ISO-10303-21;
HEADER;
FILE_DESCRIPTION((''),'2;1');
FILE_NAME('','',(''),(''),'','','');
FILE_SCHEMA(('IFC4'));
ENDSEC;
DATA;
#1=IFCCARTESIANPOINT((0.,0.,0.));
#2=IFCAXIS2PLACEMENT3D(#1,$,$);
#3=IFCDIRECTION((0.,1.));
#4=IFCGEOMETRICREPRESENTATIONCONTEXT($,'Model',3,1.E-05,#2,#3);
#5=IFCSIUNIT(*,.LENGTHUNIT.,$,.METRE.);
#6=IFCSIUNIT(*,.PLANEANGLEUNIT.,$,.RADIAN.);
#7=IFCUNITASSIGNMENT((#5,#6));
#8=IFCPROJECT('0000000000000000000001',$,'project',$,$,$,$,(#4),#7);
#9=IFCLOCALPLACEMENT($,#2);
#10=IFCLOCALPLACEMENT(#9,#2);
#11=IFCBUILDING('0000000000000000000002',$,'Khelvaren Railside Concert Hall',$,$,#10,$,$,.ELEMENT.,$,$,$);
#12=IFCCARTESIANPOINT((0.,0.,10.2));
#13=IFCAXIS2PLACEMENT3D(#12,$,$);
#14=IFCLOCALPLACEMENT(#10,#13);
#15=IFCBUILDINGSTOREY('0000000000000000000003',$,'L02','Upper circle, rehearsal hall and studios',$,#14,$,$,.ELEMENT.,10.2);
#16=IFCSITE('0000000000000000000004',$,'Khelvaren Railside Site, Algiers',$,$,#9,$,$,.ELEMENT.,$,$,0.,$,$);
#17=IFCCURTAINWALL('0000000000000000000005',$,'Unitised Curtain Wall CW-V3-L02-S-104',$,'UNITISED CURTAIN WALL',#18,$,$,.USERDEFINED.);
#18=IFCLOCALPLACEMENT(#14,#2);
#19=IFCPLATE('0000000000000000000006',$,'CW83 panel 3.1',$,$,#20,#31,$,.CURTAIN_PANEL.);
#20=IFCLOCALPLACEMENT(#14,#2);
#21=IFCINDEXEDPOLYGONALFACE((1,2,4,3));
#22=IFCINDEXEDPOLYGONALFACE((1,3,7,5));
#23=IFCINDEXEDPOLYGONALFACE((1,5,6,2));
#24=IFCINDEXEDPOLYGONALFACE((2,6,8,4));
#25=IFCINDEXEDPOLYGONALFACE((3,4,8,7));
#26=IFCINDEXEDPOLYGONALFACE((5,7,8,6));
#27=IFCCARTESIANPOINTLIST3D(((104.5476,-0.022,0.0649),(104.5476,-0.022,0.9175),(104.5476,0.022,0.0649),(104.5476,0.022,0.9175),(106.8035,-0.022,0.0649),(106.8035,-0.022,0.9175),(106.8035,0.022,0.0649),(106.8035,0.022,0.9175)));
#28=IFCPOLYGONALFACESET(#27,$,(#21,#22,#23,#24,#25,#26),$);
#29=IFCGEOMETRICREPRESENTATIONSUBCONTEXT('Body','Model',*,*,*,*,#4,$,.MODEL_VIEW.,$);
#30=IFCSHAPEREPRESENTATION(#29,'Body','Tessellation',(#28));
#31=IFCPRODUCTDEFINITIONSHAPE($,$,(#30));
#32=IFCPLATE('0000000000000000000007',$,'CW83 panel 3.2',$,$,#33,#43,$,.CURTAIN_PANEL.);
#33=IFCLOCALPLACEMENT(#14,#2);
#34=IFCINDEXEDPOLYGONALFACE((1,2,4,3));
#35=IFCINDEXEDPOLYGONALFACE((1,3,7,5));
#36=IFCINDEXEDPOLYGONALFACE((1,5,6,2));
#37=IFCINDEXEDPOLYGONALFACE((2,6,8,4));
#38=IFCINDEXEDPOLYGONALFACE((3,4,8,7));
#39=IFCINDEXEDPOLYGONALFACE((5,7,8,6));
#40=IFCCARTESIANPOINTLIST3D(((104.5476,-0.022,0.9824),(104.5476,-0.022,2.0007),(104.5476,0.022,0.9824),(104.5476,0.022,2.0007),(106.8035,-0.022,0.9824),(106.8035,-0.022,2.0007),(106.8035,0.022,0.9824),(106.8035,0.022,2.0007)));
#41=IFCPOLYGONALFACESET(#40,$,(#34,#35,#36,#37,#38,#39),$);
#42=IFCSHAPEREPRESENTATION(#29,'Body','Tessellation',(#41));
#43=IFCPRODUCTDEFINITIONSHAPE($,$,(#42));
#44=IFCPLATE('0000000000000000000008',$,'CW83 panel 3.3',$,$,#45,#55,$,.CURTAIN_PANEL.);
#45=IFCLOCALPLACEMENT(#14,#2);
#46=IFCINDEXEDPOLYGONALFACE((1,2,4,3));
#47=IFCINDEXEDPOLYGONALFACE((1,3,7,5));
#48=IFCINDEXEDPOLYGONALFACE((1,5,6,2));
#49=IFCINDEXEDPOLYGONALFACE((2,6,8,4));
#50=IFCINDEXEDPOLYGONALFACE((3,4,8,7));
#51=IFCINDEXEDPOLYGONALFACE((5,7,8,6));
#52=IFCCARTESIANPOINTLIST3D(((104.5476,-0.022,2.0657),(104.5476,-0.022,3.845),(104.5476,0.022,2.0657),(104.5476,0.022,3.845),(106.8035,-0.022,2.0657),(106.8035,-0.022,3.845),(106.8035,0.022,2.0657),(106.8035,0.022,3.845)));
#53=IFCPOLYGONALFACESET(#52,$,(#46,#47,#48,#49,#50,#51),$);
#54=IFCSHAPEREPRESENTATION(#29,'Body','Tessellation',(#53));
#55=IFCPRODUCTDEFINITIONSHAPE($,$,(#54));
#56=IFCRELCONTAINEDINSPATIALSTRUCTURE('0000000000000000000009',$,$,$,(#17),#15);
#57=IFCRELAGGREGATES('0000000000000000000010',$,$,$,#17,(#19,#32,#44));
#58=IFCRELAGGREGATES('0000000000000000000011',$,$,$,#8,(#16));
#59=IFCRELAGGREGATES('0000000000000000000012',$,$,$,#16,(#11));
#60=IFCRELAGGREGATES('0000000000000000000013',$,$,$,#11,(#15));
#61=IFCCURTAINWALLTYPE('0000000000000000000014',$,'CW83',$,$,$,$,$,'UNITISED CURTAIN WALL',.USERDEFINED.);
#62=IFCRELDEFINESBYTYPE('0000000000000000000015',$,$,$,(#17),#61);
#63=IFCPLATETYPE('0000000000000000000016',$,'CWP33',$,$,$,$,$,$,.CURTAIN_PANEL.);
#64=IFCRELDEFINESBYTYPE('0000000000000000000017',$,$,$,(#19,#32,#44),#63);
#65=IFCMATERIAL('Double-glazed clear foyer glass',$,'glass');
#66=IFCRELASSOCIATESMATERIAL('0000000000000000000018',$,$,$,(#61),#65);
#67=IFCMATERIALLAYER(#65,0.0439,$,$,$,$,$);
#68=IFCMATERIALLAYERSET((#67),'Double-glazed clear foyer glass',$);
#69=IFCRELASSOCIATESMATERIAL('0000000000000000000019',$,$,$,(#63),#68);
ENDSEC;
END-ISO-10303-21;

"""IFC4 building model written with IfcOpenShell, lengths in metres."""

from ifc_helpers import new_model, si_unit, direction, frame, origin, origin_2d, place, context, subcontext, project, spatial, rectangle, extrude, material, layer, layer_set, type_object, element, aggregate, save


model = new_model("IFC4")

# Units and contexts
model_context = context("Model", 3, precision=1e-05, world=origin(), true_north=direction((0.0, 1.0)))
body_context = subcontext(model_context, "Body", "Model", "MODEL_VIEW")
ifc_project = project(units=[si_unit("LENGTHUNIT", "METRE"), si_unit("PLANEANGLEUNIT", "RADIAN")], contexts=[model_context])

# Site, building, storey
site_placement = place(None, origin())
site = spatial("IfcSite", under=ifc_project, at=site_placement, Name="Khelvaren Railside Site, Algiers", CompositionType="ELEMENT", RefElevation=0.0)
building_placement = place(site_placement, origin())
building = spatial("IfcBuilding", under=site, at=building_placement, Name="Khelvaren Railside Concert Hall", CompositionType="ELEMENT")
storey_placement = place(building_placement, frame((0.0, 0.0, 10.2)))
storey = spatial("IfcBuildingStorey", under=building, at=storey_placement, Name="L02", Description="Upper circle, rehearsal hall and studios", CompositionType="ELEMENT", Elevation=10.2)

# Curtain wall
ifc_material_1 = material(Name="Double-glazed clear foyer glass", Category="glass")
curtain_wall_type_1 = type_object("IfcCurtainWallType", Name="CW83", ElementType="UNITISED CURTAIN WALL", PredefinedType="USERDEFINED", material=ifc_material_1)
curtain_wall_1_placement = place(storey_placement, origin())
curtain_wall_1 = element("IfcCurtainWall", 1, at=curtain_wall_1_placement, inside=storey, type_object=curtain_wall_type_1, Name="Unitised Curtain Wall CW-V3-L02-S-104", ObjectType="UNITISED CURTAIN WALL", PredefinedType="USERDEFINED")

# Plates
ifc_layer = layer(ifc_material_1, 0.0439)
ifc_layer_set = layer_set([ifc_layer], Name="Double-glazed clear foyer glass")
plate_type = type_object("IfcPlateType", Name="CWP33", PredefinedType="CURTAIN_PANEL", material=ifc_layer_set)
plate_1_placement = place(storey_placement, frame((105.6755, 0.0, 0.0649), z_axis=(0.0, 0.0, 1.0), x_axis=(-1.0, 0.0, 0.0)))
plate_1 = element("IfcPlate", 2, at=plate_1_placement, type_object=plate_type, Name="CW83 panel 3.1", PredefinedType="CURTAIN_PANEL", context=body_context, shape_type="SweptSolid", body=[
    extrude(rectangle(XDim=2.2559, YDim=0.0439, at=origin_2d()), origin(), (0.0, 0.0, 1.0), 0.8525),
])
plate_2_placement = place(storey_placement, frame((105.6755, 0.0, 0.9824), z_axis=(0.0, 0.0, 1.0), x_axis=(-1.0, 0.0, 0.0)))
plate_2 = element("IfcPlate", 3, at=plate_2_placement, type_object=plate_type, Name="CW83 panel 3.2", PredefinedType="CURTAIN_PANEL", context=body_context, shape_type="SweptSolid", body=[
    extrude(rectangle(XDim=2.2559, YDim=0.0439, at=origin_2d()), origin(), (0.0, 0.0, 1.0), 1.0183),
])
plate_3_placement = place(storey_placement, frame((105.6755, 0.0, 2.0657), z_axis=(0.0, 0.0, 1.0), x_axis=(-1.0, 0.0, 0.0)))
plate_3 = element("IfcPlate", 4, at=plate_3_placement, type_object=plate_type, Name="CW83 panel 3.3", PredefinedType="CURTAIN_PANEL", context=body_context, shape_type="SweptSolid", body=[
    extrude(rectangle(XDim=2.2559, YDim=0.0439, at=origin_2d()), origin(), (0.0, 0.0, 1.0), 1.7793),
])
aggregate(curtain_wall_1, [plate_1, plate_2, plate_3])

save(model, "model.ifc")
